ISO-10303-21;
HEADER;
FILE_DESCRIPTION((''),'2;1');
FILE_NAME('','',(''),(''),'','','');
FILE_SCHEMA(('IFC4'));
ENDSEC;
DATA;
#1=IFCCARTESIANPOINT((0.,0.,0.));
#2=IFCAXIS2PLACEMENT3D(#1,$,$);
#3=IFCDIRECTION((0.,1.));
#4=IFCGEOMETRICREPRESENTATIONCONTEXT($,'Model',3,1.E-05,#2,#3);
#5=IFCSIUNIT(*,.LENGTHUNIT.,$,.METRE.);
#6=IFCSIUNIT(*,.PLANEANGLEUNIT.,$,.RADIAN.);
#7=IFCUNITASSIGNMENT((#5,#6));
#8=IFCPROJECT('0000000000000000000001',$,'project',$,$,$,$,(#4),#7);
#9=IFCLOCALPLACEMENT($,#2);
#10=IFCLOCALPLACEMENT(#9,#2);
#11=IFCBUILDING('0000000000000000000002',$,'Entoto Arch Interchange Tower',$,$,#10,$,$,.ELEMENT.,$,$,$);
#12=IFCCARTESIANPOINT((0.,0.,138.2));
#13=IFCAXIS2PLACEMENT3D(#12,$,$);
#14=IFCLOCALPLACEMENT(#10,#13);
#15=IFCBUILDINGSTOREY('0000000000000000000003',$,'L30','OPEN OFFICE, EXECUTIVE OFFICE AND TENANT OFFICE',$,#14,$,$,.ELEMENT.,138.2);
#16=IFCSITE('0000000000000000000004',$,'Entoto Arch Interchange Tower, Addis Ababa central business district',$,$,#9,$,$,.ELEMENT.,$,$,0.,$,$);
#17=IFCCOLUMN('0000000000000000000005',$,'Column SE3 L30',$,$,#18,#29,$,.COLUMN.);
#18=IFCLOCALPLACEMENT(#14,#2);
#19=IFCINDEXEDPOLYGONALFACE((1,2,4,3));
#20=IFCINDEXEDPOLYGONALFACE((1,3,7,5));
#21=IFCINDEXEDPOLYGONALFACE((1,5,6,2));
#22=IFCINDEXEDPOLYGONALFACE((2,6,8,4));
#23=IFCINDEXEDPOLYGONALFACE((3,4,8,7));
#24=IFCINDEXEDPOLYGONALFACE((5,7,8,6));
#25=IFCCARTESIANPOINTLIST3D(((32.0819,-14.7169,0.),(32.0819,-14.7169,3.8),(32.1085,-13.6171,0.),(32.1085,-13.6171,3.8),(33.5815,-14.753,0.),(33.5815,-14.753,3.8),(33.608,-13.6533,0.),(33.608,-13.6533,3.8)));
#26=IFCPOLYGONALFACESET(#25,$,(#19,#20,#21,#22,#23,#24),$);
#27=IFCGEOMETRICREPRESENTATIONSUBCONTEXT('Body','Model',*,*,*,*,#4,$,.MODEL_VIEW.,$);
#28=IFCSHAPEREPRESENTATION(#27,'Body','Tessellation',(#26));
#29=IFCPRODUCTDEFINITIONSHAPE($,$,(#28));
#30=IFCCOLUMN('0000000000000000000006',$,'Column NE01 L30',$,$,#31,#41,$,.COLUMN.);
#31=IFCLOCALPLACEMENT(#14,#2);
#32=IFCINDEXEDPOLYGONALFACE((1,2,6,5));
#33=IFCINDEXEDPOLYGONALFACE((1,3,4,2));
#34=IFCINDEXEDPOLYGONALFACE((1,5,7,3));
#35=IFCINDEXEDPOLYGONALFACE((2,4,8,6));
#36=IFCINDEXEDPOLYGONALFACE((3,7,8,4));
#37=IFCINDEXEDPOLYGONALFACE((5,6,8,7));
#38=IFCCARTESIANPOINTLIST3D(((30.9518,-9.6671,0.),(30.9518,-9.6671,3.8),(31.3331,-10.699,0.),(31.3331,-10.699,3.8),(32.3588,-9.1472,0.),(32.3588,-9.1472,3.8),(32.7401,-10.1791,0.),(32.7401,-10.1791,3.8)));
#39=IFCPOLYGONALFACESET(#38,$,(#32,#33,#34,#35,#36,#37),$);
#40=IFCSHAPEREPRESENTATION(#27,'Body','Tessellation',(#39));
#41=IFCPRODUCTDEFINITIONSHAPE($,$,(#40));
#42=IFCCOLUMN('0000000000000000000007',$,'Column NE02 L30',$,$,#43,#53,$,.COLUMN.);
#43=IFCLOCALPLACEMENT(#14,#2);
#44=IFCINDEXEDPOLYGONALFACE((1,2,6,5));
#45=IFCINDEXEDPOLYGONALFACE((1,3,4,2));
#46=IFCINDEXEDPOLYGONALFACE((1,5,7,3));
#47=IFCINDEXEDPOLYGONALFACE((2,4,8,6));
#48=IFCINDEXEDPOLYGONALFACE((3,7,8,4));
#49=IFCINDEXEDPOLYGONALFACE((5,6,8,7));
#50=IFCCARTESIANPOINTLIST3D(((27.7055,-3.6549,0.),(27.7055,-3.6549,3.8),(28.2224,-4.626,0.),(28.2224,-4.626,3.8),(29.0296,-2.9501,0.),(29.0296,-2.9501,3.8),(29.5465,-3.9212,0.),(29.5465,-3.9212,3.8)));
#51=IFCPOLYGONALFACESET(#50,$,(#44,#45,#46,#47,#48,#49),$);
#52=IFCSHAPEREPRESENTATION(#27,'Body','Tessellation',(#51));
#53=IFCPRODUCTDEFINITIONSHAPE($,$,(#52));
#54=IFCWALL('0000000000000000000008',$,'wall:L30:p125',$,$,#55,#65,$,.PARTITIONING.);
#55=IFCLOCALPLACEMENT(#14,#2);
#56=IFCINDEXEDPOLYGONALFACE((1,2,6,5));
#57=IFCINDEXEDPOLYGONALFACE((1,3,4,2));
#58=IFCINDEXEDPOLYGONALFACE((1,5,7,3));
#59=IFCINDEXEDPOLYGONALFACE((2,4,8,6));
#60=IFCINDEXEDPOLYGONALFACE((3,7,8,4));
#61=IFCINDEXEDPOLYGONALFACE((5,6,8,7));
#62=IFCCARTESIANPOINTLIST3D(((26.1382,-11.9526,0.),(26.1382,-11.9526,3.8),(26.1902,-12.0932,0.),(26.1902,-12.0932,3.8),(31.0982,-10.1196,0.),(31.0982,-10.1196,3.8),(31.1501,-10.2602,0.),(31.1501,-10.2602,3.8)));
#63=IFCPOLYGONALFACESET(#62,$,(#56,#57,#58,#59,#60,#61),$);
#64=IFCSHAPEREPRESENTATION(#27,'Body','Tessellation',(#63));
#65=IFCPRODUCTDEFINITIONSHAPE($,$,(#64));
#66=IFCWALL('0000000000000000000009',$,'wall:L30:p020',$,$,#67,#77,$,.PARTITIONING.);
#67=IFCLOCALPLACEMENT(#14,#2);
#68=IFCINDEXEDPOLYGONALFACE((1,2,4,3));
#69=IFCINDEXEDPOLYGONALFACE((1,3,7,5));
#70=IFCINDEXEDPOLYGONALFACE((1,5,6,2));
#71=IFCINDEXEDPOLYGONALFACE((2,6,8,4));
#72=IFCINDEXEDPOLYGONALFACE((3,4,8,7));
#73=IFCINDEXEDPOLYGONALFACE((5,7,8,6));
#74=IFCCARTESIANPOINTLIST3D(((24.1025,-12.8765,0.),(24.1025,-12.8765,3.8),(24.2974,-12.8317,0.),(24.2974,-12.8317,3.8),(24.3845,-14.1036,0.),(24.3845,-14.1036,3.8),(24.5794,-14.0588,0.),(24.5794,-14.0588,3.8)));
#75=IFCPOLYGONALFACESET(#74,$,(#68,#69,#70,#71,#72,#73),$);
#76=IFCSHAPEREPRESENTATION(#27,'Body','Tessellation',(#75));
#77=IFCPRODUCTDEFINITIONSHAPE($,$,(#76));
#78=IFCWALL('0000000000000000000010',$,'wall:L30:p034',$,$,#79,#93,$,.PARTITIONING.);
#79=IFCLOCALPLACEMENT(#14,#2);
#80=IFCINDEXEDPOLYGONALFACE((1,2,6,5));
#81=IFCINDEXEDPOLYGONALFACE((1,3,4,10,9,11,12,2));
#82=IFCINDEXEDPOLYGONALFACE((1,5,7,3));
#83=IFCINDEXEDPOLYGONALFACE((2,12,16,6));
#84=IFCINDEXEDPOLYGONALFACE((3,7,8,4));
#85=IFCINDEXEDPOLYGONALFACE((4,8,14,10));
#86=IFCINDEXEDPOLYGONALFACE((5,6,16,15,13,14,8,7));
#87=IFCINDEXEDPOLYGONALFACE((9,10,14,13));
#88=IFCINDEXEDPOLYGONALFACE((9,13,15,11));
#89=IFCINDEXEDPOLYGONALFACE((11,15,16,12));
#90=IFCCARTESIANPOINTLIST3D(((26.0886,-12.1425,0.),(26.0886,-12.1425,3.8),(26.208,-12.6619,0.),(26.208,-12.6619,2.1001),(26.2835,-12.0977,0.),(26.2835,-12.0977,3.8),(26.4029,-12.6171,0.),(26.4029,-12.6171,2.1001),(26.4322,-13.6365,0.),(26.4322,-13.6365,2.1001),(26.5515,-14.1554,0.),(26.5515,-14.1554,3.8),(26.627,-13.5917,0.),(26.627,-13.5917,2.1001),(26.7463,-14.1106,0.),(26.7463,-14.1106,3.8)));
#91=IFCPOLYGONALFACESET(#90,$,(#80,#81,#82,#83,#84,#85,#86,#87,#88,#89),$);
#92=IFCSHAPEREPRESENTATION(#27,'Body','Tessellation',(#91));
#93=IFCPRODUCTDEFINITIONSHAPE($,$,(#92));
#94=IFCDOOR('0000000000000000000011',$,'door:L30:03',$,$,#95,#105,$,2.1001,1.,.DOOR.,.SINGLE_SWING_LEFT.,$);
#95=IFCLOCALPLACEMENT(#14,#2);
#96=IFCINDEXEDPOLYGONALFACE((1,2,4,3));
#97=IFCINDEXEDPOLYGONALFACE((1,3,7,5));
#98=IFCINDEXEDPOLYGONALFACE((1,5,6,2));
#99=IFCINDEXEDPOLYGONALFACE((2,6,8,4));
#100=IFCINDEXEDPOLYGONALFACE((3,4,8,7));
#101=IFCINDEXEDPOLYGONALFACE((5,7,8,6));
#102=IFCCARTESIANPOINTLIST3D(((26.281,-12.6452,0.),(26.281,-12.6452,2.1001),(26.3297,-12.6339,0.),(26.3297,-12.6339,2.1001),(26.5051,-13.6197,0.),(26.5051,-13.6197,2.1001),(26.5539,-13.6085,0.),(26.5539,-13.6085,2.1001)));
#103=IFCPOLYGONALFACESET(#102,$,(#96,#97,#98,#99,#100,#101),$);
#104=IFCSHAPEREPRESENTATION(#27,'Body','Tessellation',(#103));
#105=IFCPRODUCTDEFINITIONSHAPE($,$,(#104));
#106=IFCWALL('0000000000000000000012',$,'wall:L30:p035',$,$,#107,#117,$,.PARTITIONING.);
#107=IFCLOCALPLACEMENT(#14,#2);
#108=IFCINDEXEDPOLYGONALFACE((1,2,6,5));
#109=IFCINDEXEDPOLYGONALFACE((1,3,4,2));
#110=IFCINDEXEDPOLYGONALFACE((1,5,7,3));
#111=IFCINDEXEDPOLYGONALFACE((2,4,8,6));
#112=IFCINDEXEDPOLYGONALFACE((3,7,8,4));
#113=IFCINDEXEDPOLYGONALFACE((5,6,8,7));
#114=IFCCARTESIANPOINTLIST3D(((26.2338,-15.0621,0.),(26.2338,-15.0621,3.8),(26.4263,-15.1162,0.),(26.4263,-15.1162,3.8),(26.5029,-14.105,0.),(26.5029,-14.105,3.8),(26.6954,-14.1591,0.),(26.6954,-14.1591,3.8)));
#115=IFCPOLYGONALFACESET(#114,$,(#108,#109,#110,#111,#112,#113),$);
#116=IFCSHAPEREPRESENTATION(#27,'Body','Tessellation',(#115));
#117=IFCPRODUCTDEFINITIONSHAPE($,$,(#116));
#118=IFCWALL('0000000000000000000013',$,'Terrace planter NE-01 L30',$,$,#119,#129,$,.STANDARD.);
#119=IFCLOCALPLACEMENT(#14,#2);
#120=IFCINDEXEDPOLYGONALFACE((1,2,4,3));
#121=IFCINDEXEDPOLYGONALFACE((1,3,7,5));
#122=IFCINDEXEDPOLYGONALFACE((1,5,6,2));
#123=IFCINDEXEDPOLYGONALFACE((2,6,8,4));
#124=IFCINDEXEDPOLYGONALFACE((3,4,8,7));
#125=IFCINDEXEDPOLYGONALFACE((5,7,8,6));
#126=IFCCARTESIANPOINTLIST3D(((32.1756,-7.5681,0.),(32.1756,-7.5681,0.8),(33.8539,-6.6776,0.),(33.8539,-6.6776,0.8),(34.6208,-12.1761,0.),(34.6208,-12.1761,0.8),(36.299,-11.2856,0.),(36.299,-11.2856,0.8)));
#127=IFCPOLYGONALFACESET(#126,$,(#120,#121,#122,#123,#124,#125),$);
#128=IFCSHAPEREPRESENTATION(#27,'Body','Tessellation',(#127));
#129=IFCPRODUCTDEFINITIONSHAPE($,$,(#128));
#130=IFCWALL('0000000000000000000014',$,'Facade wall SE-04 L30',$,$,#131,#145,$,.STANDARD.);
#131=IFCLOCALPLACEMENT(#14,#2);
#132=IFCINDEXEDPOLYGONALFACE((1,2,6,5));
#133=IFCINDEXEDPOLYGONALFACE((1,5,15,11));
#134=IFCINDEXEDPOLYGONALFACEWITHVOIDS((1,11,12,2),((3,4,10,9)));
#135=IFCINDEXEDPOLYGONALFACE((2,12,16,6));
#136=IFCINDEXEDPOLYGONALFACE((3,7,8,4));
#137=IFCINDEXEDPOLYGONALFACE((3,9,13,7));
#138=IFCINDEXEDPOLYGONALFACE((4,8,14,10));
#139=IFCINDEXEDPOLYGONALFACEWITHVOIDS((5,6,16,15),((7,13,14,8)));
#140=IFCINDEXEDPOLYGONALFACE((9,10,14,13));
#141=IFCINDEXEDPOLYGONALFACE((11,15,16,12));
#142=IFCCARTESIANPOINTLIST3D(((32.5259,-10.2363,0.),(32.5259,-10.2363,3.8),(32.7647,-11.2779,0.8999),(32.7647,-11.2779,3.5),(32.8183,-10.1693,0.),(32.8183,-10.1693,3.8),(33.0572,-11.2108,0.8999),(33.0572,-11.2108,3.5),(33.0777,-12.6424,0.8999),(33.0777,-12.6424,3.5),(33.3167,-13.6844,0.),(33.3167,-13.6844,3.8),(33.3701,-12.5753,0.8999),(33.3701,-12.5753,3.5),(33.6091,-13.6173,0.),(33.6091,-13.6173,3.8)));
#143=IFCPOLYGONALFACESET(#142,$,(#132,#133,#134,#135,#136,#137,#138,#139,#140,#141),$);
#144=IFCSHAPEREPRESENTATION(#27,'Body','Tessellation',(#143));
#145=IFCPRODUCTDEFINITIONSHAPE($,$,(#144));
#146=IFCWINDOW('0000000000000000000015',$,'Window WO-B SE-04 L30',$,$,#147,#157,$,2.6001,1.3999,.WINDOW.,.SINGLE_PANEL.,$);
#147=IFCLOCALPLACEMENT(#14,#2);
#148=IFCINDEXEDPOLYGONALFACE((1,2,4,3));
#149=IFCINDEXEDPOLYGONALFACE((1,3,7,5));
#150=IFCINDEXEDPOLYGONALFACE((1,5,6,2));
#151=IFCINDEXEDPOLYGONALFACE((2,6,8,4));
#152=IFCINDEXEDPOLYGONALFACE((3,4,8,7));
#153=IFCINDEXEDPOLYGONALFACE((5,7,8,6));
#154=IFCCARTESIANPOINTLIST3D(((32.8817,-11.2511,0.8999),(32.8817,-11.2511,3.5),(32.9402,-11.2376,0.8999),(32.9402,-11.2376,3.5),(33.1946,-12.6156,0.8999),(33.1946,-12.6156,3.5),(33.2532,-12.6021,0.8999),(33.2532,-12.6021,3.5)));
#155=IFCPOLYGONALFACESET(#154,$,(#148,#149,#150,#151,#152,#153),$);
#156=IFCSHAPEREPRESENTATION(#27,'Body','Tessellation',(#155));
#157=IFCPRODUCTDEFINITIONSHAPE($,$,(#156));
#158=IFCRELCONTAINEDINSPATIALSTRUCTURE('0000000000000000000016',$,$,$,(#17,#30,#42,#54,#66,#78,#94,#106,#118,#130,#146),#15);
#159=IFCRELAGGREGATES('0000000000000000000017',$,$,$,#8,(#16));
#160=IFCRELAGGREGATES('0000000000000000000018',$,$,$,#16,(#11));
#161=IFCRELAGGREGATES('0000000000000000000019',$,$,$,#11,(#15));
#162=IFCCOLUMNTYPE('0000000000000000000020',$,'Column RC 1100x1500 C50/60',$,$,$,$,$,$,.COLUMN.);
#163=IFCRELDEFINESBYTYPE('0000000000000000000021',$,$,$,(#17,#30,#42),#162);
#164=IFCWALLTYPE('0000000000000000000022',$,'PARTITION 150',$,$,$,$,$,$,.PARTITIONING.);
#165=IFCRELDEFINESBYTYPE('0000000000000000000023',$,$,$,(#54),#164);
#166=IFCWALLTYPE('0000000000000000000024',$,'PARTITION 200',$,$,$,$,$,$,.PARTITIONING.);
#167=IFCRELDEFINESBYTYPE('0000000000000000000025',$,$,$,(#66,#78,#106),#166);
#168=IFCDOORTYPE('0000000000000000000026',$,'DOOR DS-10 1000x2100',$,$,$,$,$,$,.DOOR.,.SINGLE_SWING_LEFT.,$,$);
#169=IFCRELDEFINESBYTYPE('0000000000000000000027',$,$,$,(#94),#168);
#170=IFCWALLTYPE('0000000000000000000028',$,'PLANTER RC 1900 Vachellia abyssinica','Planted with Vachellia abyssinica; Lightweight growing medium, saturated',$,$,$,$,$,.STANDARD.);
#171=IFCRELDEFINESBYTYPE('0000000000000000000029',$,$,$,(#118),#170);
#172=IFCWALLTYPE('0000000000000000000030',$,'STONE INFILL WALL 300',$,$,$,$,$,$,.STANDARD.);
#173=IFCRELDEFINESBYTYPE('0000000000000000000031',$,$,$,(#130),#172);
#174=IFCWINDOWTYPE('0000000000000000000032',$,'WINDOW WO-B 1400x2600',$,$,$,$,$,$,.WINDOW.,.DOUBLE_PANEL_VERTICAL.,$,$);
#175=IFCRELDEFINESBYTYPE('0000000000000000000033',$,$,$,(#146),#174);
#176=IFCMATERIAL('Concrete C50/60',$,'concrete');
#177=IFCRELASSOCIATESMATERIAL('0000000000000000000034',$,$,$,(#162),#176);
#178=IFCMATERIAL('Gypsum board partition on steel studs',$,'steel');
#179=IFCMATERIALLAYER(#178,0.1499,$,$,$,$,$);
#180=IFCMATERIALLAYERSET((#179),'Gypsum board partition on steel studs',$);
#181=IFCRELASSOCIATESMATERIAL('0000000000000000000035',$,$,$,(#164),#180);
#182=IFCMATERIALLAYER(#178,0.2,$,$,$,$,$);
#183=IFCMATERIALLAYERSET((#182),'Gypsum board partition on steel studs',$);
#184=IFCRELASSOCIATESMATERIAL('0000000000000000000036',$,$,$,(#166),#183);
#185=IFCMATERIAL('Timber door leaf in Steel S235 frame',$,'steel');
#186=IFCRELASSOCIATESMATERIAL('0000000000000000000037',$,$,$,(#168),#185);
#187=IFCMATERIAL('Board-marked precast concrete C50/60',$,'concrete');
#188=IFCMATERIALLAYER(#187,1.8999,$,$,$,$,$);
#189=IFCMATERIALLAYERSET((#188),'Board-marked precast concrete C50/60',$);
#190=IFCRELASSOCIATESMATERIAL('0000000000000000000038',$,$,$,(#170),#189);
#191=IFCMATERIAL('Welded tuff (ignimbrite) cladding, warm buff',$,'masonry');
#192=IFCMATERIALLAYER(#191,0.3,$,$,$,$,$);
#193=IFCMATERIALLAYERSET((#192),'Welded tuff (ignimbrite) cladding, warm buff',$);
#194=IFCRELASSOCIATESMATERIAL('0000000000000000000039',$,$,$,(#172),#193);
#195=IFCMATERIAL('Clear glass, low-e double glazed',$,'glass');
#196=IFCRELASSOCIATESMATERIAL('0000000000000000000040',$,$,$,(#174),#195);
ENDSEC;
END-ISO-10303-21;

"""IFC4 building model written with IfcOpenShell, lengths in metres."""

from ifc_helpers import new_model, si_unit, direction, frame, frame_2d, origin, origin_2d, place, context, subcontext, project, spatial, rectangle, extrude, material, layer, layer_set, material_profile, profile_set, type_object, element, fill, save


model = new_model("IFC4")

# Units and contexts
model_context = context("Model", 3, precision=1e-05, world=origin(), true_north=direction((0.0, 1.0)))
body_context = subcontext(model_context, "Body", "Model", "MODEL_VIEW")
ifc_project = project(units=[si_unit("LENGTHUNIT", "METRE"), si_unit("PLANEANGLEUNIT", "RADIAN")], contexts=[model_context])

# Site, building, storey
site_placement = place(None, origin())
site = spatial("IfcSite", under=ifc_project, at=site_placement, Name="Entoto Arch Interchange Tower, Addis Ababa central business district", CompositionType="ELEMENT", RefElevation=0.0)
building_placement = place(site_placement, origin())
building = spatial("IfcBuilding", under=site, at=building_placement, Name="Entoto Arch Interchange Tower", CompositionType="ELEMENT")
storey_placement = place(building_placement, frame((0.0, 0.0, 138.2)))
storey = spatial("IfcBuildingStorey", under=building, at=storey_placement, Name="L30", Description="OPEN OFFICE, EXECUTIVE OFFICE AND TENANT OFFICE", CompositionType="ELEMENT", Elevation=138.2)

# Columns
ifc_material_1 = material(Name="Concrete C50/60", Category="concrete")
ifc_material_profile = material_profile(ifc_material_1, rectangle(XDim=1.1001, YDim=1.5, at=origin_2d()))
ifc_profile_set = profile_set([ifc_material_profile], Name="Concrete C50/60")
column_type = type_object("IfcColumnType", Name="Column RC 1100x1500 C50/60", PredefinedType="COLUMN", material=ifc_profile_set)
for number, where, z_axis, x_axis, name in (
    (1, (32.845, -14.1851, 0.0), (0.0, 0.0, 1.0), (0.024118, 0.999709, 0.0), "Column SE3 L30"),
    (2, (31.8459, -9.9231, 0.0), (0.0, 0.0, 1.0), (-0.346592, 0.938016, 0.0), "Column NE01 L30"),
    (3, (28.626, -3.7881, 0.0), (0.0, 0.0, 1.0), (-0.469857, 0.882743, 0.0), "Column NE02 L30"),
):
    element("IfcColumn", number, at=place(storey_placement, frame(where, z_axis=z_axis, x_axis=x_axis)), inside=storey, type_object=column_type, Name=name, PredefinedType="COLUMN", context=body_context, shape_type="SweptSolid", body=[
        extrude(rectangle(XDim=1.1001, YDim=1.5, at=origin_2d()), origin(), (0.0, 0.0, 1.0), 3.8),
    ])

# Walls
ifc_material_2 = material(Name="Gypsum board partition on steel studs", Category="steel")
ifc_layer_1 = layer(ifc_material_2, 0.1499)
ifc_layer_set_1 = layer_set([ifc_layer_1], Name="Gypsum board partition on steel studs")
wall_type_1 = type_object("IfcWallType", Name="PARTITION 150", PredefinedType="PARTITIONING", material=ifc_layer_set_1)
wall_1_placement = place(storey_placement, frame((26.1641, -12.0229, 0.0), z_axis=(0.0, 0.0, 1.0), x_axis=(0.937996, 0.346647, 0.0)))
element("IfcWall", 4, at=wall_1_placement, inside=storey, type_object=wall_type_1, Name="wall:L30:p125", PredefinedType="PARTITIONING", context=body_context, shape_type="SweptSolid", body=[
    extrude(rectangle(XDim=5.2878, YDim=0.1499, at=frame_2d((2.644, 0.0))), origin(), (0.0, 0.0, 1.0), 3.8),
])
ifc_layer_2 = layer(ifc_material_2, 0.2)
ifc_layer_set_2 = layer_set([ifc_layer_2], Name="Gypsum board partition on steel studs")
wall_type_2 = type_object("IfcWallType", Name="PARTITION 200", PredefinedType="PARTITIONING", material=ifc_layer_set_2)
wall_2_placement = place(storey_placement, frame((24.4819, -14.0811, 0.0), z_axis=(0.0, 0.0, 1.0), x_axis=(-0.223967, 0.974597, 0.0)))
element("IfcWall", 5, at=wall_2_placement, inside=storey, type_object=wall_type_2, Name="wall:L30:p020", PredefinedType="PARTITIONING", context=body_context, shape_type="SweptSolid", body=[
    extrude(rectangle(XDim=1.259, YDim=0.2, at=frame_2d((0.6294, 0.0))), origin(), (0.0, 0.0, 1.0), 3.8),
])

# Wall, opening, door
wall_3_placement = place(storey_placement, frame((26.186, -12.1201, 0.0), z_axis=(0.0, 0.0, 1.0), x_axis=(0.224108, -0.974564, 0.0)))
wall_3 = element("IfcWall", 6, at=wall_3_placement, inside=storey, type_object=wall_type_2, Name="wall:L30:p034", PredefinedType="PARTITIONING", context=body_context, shape_type="SweptSolid", body=[
    extrude(rectangle(XDim=2.0654, YDim=0.2, at=frame_2d((1.0327, 0.0))), origin(), (0.0, 0.0, 1.0), 3.8),
])
opening_1_placement = place(wall_3_placement, frame((0.533, 0.0, 0.0)))
opening_1 = element("IfcOpeningElement", 7, at=opening_1_placement, cuts=wall_3, PredefinedType="OPENING", context=body_context, shape_type="SweptSolid", body=[
    extrude(rectangle(XDim=1.0, YDim=2.1001, at=frame_2d((0.5, 1.05))), frame((0.0, 0.1099, 0.0), z_axis=(0.0, -1.0, 0.0), x_axis=(1.0, 0.0, 0.0)), (0.0, 0.0, 1.0), 0.22),
])
ifc_material_3 = material(Name="Timber door leaf in Steel S235 frame", Category="steel")
door_type_1 = type_object("IfcDoorType", Name="DOOR DS-10 1000x2100", OperationType="SINGLE_SWING_LEFT", PredefinedType="DOOR", material=ifc_material_3)
door_1_placement = place(opening_1_placement, origin())
door_1 = element("IfcDoor", 8, at=door_1_placement, inside=storey, type_object=door_type_1, Name="door:L30:03", OperationType="SINGLE_SWING_LEFT", OverallHeight=2.1001, OverallWidth=1.0, PredefinedType="DOOR", context=body_context, shape_type="SweptSolid", body=[
    extrude(rectangle(XDim=1.0, YDim=2.1001, at=frame_2d((0.5, 1.05))), frame((0.0, 0.0249, 0.0), z_axis=(0.0, -1.0, 0.0), x_axis=(1.0, 0.0, 0.0)), (0.0, 0.0, 1.0), 0.05),
])
fill(opening_1, door_1)

# Walls
wall_4_placement = place(storey_placement, frame((26.5991, -14.1321, 0.0), z_axis=(0.0, 0.0, 1.0), x_axis=(-0.270632, -0.962683, 0.0)))
element("IfcWall", 9, at=wall_4_placement, inside=storey, type_object=wall_type_2, Name="wall:L30:p035", PredefinedType="PARTITIONING", context=body_context, shape_type="SweptSolid", body=[
    extrude(rectangle(XDim=0.9941, YDim=0.2, at=frame_2d((0.4971, 0.0))), origin(), (0.0, 0.0, 1.0), 3.8),
])
ifc_material_4 = material(Name="Board-marked precast concrete C50/60", Category="concrete")
ifc_layer_3 = layer(ifc_material_4, 1.8999)
ifc_layer_set_3 = layer_set([ifc_layer_3], Name="Board-marked precast concrete C50/60")
wall_type_3 = type_object("IfcWallType", Name="PLANTER RC 1900 Vachellia abyssinica", Description="Planted with Vachellia abyssinica; Lightweight growing medium, saturated", PredefinedType="STANDARD", material=ifc_layer_set_3)
wall_5_placement = place(storey_placement, frame((35.46, -11.731, 0.0), z_axis=(0.0, 0.0, 1.0), x_axis=(-0.468724, 0.883345, 0.0)))
element("IfcWall", 10, at=wall_5_placement, inside=storey, type_object=wall_type_3, Name="Terrace planter NE-01 L30", PredefinedType="STANDARD", context=body_context, shape_type="SweptSolid", body=[
    extrude(rectangle(XDim=5.2166, YDim=1.8999, at=frame_2d((2.6084, 0.0))), origin(), (0.0, 0.0, 1.0), 0.8),
])

# Wall, opening, window
ifc_material_5 = material(Name="Welded tuff (ignimbrite) cladding, warm buff", Category="masonry")
ifc_layer_4 = layer(ifc_material_5, 0.3)
ifc_layer_set_4 = layer_set([ifc_layer_4], Name="Welded tuff (ignimbrite) cladding, warm buff")
wall_type_4 = type_object("IfcWallType", Name="STONE INFILL WALL 300", PredefinedType="STANDARD", material=ifc_layer_set_4)
wall_6_placement = place(storey_placement, frame((33.4629, -13.6509, 0.0), z_axis=(0.0, 0.0, 1.0), x_axis=(-0.223539, 0.974695, 0.0)))
wall_6 = element("IfcWall", 11, at=wall_6_placement, inside=storey, type_object=wall_type_4, Name="Facade wall SE-04 L30", PredefinedType="STANDARD", context=body_context, shape_type="SweptSolid", body=[
    extrude(rectangle(XDim=3.5376, YDim=0.3, at=frame_2d((1.7688, 0.0))), origin(), (0.0, 0.0, 1.0), 3.8),
])
opening_2_placement = place(wall_6_placement, frame((1.0691, 0.0, 0.8999)))
opening_2 = element("IfcOpeningElement", 12, at=opening_2_placement, cuts=wall_6, PredefinedType="OPENING", context=body_context, shape_type="SweptSolid", body=[
    extrude(rectangle(XDim=1.3999, YDim=2.6001, at=frame_2d((0.7, 1.3))), frame((0.0, 0.1602, 0.0), z_axis=(0.0, -1.0, 0.0), x_axis=(1.0, 0.0, 0.0)), (0.0, 0.0, 1.0), 0.3201),
])
ifc_material_6 = material(Name="Clear glass, low-e double glazed", Category="glass")
window_type_1 = type_object("IfcWindowType", Name="WINDOW WO-B 1400x2600", PartitioningType="DOUBLE_PANEL_VERTICAL", PredefinedType="WINDOW", material=ifc_material_6)
window_1_placement = place(opening_2_placement, origin())
window_1 = element("IfcWindow", 13, at=window_1_placement, inside=storey, type_object=window_type_1, Name="Window WO-B SE-04 L30", OverallHeight=2.6001, OverallWidth=1.3999, PartitioningType="SINGLE_PANEL", PredefinedType="WINDOW", context=body_context, shape_type="SweptSolid", body=[
    extrude(rectangle(XDim=1.3999, YDim=2.6001, at=frame_2d((0.7, 1.3))), frame((0.0, 0.03, 0.0), z_axis=(0.0, -1.0, 0.0), x_axis=(1.0, 0.0, 0.0)), (0.0, 0.0, 1.0), 0.0601),
])
fill(opening_2, window_1)

save(model, "model.ifc")
